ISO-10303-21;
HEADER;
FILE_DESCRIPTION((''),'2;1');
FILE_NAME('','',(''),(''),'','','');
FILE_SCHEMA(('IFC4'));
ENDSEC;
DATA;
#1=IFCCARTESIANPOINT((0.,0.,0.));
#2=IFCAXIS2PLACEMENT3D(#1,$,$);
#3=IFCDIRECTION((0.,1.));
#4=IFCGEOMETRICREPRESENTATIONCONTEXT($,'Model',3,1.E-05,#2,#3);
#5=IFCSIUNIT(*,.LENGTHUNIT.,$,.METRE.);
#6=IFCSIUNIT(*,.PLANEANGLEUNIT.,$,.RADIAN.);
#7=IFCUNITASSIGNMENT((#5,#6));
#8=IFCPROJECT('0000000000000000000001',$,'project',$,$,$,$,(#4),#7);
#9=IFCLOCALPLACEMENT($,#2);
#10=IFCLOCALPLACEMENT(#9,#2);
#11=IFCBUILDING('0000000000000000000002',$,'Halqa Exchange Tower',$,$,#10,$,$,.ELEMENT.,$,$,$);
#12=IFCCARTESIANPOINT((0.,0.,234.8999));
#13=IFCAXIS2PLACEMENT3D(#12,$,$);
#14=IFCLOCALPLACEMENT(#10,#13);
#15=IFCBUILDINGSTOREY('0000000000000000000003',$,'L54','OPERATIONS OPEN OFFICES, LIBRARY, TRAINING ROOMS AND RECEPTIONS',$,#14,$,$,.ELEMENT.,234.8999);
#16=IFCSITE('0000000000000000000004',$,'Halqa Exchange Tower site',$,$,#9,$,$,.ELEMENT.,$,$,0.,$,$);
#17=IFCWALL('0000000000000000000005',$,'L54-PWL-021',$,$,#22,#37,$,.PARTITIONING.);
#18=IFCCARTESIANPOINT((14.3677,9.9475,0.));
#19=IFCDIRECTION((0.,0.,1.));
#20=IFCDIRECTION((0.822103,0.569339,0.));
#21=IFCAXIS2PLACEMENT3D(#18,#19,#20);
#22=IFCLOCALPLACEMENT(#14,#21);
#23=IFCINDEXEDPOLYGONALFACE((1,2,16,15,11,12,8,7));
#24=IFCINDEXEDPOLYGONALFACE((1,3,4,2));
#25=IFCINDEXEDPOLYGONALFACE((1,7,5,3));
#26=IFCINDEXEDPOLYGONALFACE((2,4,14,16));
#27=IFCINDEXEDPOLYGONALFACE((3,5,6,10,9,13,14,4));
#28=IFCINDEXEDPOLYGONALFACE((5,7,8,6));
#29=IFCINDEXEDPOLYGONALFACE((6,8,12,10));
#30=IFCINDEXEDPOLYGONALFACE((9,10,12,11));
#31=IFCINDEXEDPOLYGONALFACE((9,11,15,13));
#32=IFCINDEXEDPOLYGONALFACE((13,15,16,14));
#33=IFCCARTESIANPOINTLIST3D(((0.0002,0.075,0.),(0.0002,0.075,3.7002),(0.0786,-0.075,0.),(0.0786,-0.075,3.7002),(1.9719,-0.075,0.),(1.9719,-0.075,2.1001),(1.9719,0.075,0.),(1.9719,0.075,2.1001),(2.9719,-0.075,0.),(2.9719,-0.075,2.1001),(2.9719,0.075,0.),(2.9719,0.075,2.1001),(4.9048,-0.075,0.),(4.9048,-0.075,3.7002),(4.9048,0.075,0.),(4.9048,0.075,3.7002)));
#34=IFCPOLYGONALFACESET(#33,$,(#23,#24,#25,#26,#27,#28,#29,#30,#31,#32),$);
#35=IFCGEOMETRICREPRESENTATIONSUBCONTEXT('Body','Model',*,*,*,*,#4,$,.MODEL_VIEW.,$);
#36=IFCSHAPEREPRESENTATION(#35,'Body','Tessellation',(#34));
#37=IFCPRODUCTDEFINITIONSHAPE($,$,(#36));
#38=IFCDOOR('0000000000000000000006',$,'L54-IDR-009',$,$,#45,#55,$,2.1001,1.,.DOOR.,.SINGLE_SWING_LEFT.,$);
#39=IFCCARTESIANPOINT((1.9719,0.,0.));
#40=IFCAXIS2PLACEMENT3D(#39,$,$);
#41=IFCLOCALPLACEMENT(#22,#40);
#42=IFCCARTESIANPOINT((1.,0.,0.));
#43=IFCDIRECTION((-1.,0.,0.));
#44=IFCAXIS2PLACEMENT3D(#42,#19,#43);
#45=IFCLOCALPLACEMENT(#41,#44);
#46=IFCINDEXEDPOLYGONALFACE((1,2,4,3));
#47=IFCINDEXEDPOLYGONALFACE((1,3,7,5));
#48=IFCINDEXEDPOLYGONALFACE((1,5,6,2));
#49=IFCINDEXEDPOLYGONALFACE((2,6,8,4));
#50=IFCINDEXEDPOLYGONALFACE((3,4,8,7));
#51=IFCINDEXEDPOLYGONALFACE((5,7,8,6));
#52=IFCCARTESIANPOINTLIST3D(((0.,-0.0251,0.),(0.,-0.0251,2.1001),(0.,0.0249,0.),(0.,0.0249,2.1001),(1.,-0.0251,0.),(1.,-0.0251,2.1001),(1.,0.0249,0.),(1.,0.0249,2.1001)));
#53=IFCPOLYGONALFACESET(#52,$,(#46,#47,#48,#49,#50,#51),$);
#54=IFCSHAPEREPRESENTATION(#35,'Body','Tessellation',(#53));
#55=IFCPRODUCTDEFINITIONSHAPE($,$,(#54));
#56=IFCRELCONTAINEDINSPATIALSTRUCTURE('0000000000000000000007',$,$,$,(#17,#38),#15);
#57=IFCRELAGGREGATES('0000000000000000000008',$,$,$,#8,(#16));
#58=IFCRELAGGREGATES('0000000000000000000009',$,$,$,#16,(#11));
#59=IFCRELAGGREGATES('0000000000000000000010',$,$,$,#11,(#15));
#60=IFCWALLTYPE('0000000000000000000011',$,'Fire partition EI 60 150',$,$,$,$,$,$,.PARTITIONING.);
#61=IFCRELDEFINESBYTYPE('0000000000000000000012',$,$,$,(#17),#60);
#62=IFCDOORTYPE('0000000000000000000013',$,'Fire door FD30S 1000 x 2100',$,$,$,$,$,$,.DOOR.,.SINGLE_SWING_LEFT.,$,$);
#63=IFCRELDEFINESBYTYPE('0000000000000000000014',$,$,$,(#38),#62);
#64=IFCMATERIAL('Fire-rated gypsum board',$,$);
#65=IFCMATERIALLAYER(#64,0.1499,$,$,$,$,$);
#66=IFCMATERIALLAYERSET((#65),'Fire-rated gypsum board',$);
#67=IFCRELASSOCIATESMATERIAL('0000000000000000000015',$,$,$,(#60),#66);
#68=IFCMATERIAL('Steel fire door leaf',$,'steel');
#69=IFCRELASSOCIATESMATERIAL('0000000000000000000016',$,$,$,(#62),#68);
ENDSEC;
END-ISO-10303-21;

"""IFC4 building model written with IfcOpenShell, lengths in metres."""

from ifc_helpers import new_model, si_unit, direction, frame, frame_2d, origin, place, context, subcontext, project, spatial, polyline, rectangle, outline, extrude, material, layer, layer_set, type_object, element, fill, save


model = new_model("IFC4")

# Units and contexts
model_context = context("Model", 3, precision=1e-05, world=origin(), true_north=direction((0.0, 1.0)))
body_context = subcontext(model_context, "Body", "Model", "MODEL_VIEW")
ifc_project = project(units=[si_unit("LENGTHUNIT", "METRE"), si_unit("PLANEANGLEUNIT", "RADIAN")], contexts=[model_context])

# Site, building, storey
site_placement = place(None, origin())
site = spatial("IfcSite", under=ifc_project, at=site_placement, Name="Halqa Exchange Tower site", CompositionType="ELEMENT", RefElevation=0.0)
building_placement = place(site_placement, origin())
building = spatial("IfcBuilding", under=site, at=building_placement, Name="Halqa Exchange Tower", CompositionType="ELEMENT")
storey_placement = place(building_placement, frame((0.0, 0.0, 234.8999)))
storey = spatial("IfcBuildingStorey", under=building, at=storey_placement, Name="L54", Description="OPERATIONS OPEN OFFICES, LIBRARY, TRAINING ROOMS AND RECEPTIONS", CompositionType="ELEMENT", Elevation=234.8999)

# Wall, opening, door
ifc_material_1 = material(Name="Fire-rated gypsum board")
ifc_layer_1 = layer(ifc_material_1, 0.1499)
ifc_layer_set_1 = layer_set([ifc_layer_1], Name="Fire-rated gypsum board")
wall_type_1 = type_object("IfcWallType", Name="Fire partition EI 60 150", PredefinedType="PARTITIONING", material=ifc_layer_set_1)
wall_1_placement = place(storey_placement, frame((14.3677, 9.9475, 0.0), z_axis=(0.0, 0.0, 1.0), x_axis=(0.822103, 0.569339, 0.0)))
wall_1 = element("IfcWall", 1, at=wall_1_placement, inside=storey, type_object=wall_type_1, Name="L54-PWL-021", PredefinedType="PARTITIONING", context=body_context, shape_type="SweptSolid", body=[
    extrude(outline(polyline([(4.9048, 0.075), (3.27, 0.075), (1.635, 0.075), (0.0002, 0.075), (0.0786, -0.075), (1.6875, -0.075), (3.2961, -0.075), (4.9048, -0.075), (4.9048, 0.075)])), origin(), (0.0, 0.0, 1.0), 3.7002),
])
opening_1_placement = place(wall_1_placement, frame((1.9719, 0.0, 0.0)))
opening_1 = element("IfcOpeningElement", 2, at=opening_1_placement, cuts=wall_1, PredefinedType="OPENING", context=body_context, shape_type="SweptSolid", body=[
    extrude(rectangle(XDim=1.0, YDim=2.1001, at=frame_2d((0.5, 1.05))), frame((0.0, 0.0869, 0.0), z_axis=(0.0, -1.0, 0.0), x_axis=(1.0, 0.0, 0.0)), (0.0, 0.0, 1.0), 0.1738),
])
ifc_material_2 = material(Name="Steel fire door leaf", Category="steel")
door_type_1 = type_object("IfcDoorType", Name="Fire door FD30S 1000 x 2100", OperationType="SINGLE_SWING_LEFT", PredefinedType="DOOR", material=ifc_material_2)
door_1_placement = place(opening_1_placement, frame((1.0, 0.0, 0.0), z_axis=(0.0, 0.0, 1.0), x_axis=(-1.0, 0.0, 0.0)))
door_1 = element("IfcDoor", 3, at=door_1_placement, inside=storey, type_object=door_type_1, Name="L54-IDR-009", OperationType="SINGLE_SWING_LEFT", OverallHeight=2.1001, OverallWidth=1.0, PredefinedType="DOOR", context=body_context, shape_type="SweptSolid", body=[
    extrude(rectangle(XDim=1.0, YDim=2.1001, at=frame_2d((0.5, 1.05))), frame((0.0, 0.0249, 0.0), z_axis=(0.0, -1.0, 0.0), x_axis=(1.0, 0.0, 0.0)), (0.0, 0.0, 1.0), 0.05),
])
fill(opening_1, door_1)

save(model, "model.ifc")
